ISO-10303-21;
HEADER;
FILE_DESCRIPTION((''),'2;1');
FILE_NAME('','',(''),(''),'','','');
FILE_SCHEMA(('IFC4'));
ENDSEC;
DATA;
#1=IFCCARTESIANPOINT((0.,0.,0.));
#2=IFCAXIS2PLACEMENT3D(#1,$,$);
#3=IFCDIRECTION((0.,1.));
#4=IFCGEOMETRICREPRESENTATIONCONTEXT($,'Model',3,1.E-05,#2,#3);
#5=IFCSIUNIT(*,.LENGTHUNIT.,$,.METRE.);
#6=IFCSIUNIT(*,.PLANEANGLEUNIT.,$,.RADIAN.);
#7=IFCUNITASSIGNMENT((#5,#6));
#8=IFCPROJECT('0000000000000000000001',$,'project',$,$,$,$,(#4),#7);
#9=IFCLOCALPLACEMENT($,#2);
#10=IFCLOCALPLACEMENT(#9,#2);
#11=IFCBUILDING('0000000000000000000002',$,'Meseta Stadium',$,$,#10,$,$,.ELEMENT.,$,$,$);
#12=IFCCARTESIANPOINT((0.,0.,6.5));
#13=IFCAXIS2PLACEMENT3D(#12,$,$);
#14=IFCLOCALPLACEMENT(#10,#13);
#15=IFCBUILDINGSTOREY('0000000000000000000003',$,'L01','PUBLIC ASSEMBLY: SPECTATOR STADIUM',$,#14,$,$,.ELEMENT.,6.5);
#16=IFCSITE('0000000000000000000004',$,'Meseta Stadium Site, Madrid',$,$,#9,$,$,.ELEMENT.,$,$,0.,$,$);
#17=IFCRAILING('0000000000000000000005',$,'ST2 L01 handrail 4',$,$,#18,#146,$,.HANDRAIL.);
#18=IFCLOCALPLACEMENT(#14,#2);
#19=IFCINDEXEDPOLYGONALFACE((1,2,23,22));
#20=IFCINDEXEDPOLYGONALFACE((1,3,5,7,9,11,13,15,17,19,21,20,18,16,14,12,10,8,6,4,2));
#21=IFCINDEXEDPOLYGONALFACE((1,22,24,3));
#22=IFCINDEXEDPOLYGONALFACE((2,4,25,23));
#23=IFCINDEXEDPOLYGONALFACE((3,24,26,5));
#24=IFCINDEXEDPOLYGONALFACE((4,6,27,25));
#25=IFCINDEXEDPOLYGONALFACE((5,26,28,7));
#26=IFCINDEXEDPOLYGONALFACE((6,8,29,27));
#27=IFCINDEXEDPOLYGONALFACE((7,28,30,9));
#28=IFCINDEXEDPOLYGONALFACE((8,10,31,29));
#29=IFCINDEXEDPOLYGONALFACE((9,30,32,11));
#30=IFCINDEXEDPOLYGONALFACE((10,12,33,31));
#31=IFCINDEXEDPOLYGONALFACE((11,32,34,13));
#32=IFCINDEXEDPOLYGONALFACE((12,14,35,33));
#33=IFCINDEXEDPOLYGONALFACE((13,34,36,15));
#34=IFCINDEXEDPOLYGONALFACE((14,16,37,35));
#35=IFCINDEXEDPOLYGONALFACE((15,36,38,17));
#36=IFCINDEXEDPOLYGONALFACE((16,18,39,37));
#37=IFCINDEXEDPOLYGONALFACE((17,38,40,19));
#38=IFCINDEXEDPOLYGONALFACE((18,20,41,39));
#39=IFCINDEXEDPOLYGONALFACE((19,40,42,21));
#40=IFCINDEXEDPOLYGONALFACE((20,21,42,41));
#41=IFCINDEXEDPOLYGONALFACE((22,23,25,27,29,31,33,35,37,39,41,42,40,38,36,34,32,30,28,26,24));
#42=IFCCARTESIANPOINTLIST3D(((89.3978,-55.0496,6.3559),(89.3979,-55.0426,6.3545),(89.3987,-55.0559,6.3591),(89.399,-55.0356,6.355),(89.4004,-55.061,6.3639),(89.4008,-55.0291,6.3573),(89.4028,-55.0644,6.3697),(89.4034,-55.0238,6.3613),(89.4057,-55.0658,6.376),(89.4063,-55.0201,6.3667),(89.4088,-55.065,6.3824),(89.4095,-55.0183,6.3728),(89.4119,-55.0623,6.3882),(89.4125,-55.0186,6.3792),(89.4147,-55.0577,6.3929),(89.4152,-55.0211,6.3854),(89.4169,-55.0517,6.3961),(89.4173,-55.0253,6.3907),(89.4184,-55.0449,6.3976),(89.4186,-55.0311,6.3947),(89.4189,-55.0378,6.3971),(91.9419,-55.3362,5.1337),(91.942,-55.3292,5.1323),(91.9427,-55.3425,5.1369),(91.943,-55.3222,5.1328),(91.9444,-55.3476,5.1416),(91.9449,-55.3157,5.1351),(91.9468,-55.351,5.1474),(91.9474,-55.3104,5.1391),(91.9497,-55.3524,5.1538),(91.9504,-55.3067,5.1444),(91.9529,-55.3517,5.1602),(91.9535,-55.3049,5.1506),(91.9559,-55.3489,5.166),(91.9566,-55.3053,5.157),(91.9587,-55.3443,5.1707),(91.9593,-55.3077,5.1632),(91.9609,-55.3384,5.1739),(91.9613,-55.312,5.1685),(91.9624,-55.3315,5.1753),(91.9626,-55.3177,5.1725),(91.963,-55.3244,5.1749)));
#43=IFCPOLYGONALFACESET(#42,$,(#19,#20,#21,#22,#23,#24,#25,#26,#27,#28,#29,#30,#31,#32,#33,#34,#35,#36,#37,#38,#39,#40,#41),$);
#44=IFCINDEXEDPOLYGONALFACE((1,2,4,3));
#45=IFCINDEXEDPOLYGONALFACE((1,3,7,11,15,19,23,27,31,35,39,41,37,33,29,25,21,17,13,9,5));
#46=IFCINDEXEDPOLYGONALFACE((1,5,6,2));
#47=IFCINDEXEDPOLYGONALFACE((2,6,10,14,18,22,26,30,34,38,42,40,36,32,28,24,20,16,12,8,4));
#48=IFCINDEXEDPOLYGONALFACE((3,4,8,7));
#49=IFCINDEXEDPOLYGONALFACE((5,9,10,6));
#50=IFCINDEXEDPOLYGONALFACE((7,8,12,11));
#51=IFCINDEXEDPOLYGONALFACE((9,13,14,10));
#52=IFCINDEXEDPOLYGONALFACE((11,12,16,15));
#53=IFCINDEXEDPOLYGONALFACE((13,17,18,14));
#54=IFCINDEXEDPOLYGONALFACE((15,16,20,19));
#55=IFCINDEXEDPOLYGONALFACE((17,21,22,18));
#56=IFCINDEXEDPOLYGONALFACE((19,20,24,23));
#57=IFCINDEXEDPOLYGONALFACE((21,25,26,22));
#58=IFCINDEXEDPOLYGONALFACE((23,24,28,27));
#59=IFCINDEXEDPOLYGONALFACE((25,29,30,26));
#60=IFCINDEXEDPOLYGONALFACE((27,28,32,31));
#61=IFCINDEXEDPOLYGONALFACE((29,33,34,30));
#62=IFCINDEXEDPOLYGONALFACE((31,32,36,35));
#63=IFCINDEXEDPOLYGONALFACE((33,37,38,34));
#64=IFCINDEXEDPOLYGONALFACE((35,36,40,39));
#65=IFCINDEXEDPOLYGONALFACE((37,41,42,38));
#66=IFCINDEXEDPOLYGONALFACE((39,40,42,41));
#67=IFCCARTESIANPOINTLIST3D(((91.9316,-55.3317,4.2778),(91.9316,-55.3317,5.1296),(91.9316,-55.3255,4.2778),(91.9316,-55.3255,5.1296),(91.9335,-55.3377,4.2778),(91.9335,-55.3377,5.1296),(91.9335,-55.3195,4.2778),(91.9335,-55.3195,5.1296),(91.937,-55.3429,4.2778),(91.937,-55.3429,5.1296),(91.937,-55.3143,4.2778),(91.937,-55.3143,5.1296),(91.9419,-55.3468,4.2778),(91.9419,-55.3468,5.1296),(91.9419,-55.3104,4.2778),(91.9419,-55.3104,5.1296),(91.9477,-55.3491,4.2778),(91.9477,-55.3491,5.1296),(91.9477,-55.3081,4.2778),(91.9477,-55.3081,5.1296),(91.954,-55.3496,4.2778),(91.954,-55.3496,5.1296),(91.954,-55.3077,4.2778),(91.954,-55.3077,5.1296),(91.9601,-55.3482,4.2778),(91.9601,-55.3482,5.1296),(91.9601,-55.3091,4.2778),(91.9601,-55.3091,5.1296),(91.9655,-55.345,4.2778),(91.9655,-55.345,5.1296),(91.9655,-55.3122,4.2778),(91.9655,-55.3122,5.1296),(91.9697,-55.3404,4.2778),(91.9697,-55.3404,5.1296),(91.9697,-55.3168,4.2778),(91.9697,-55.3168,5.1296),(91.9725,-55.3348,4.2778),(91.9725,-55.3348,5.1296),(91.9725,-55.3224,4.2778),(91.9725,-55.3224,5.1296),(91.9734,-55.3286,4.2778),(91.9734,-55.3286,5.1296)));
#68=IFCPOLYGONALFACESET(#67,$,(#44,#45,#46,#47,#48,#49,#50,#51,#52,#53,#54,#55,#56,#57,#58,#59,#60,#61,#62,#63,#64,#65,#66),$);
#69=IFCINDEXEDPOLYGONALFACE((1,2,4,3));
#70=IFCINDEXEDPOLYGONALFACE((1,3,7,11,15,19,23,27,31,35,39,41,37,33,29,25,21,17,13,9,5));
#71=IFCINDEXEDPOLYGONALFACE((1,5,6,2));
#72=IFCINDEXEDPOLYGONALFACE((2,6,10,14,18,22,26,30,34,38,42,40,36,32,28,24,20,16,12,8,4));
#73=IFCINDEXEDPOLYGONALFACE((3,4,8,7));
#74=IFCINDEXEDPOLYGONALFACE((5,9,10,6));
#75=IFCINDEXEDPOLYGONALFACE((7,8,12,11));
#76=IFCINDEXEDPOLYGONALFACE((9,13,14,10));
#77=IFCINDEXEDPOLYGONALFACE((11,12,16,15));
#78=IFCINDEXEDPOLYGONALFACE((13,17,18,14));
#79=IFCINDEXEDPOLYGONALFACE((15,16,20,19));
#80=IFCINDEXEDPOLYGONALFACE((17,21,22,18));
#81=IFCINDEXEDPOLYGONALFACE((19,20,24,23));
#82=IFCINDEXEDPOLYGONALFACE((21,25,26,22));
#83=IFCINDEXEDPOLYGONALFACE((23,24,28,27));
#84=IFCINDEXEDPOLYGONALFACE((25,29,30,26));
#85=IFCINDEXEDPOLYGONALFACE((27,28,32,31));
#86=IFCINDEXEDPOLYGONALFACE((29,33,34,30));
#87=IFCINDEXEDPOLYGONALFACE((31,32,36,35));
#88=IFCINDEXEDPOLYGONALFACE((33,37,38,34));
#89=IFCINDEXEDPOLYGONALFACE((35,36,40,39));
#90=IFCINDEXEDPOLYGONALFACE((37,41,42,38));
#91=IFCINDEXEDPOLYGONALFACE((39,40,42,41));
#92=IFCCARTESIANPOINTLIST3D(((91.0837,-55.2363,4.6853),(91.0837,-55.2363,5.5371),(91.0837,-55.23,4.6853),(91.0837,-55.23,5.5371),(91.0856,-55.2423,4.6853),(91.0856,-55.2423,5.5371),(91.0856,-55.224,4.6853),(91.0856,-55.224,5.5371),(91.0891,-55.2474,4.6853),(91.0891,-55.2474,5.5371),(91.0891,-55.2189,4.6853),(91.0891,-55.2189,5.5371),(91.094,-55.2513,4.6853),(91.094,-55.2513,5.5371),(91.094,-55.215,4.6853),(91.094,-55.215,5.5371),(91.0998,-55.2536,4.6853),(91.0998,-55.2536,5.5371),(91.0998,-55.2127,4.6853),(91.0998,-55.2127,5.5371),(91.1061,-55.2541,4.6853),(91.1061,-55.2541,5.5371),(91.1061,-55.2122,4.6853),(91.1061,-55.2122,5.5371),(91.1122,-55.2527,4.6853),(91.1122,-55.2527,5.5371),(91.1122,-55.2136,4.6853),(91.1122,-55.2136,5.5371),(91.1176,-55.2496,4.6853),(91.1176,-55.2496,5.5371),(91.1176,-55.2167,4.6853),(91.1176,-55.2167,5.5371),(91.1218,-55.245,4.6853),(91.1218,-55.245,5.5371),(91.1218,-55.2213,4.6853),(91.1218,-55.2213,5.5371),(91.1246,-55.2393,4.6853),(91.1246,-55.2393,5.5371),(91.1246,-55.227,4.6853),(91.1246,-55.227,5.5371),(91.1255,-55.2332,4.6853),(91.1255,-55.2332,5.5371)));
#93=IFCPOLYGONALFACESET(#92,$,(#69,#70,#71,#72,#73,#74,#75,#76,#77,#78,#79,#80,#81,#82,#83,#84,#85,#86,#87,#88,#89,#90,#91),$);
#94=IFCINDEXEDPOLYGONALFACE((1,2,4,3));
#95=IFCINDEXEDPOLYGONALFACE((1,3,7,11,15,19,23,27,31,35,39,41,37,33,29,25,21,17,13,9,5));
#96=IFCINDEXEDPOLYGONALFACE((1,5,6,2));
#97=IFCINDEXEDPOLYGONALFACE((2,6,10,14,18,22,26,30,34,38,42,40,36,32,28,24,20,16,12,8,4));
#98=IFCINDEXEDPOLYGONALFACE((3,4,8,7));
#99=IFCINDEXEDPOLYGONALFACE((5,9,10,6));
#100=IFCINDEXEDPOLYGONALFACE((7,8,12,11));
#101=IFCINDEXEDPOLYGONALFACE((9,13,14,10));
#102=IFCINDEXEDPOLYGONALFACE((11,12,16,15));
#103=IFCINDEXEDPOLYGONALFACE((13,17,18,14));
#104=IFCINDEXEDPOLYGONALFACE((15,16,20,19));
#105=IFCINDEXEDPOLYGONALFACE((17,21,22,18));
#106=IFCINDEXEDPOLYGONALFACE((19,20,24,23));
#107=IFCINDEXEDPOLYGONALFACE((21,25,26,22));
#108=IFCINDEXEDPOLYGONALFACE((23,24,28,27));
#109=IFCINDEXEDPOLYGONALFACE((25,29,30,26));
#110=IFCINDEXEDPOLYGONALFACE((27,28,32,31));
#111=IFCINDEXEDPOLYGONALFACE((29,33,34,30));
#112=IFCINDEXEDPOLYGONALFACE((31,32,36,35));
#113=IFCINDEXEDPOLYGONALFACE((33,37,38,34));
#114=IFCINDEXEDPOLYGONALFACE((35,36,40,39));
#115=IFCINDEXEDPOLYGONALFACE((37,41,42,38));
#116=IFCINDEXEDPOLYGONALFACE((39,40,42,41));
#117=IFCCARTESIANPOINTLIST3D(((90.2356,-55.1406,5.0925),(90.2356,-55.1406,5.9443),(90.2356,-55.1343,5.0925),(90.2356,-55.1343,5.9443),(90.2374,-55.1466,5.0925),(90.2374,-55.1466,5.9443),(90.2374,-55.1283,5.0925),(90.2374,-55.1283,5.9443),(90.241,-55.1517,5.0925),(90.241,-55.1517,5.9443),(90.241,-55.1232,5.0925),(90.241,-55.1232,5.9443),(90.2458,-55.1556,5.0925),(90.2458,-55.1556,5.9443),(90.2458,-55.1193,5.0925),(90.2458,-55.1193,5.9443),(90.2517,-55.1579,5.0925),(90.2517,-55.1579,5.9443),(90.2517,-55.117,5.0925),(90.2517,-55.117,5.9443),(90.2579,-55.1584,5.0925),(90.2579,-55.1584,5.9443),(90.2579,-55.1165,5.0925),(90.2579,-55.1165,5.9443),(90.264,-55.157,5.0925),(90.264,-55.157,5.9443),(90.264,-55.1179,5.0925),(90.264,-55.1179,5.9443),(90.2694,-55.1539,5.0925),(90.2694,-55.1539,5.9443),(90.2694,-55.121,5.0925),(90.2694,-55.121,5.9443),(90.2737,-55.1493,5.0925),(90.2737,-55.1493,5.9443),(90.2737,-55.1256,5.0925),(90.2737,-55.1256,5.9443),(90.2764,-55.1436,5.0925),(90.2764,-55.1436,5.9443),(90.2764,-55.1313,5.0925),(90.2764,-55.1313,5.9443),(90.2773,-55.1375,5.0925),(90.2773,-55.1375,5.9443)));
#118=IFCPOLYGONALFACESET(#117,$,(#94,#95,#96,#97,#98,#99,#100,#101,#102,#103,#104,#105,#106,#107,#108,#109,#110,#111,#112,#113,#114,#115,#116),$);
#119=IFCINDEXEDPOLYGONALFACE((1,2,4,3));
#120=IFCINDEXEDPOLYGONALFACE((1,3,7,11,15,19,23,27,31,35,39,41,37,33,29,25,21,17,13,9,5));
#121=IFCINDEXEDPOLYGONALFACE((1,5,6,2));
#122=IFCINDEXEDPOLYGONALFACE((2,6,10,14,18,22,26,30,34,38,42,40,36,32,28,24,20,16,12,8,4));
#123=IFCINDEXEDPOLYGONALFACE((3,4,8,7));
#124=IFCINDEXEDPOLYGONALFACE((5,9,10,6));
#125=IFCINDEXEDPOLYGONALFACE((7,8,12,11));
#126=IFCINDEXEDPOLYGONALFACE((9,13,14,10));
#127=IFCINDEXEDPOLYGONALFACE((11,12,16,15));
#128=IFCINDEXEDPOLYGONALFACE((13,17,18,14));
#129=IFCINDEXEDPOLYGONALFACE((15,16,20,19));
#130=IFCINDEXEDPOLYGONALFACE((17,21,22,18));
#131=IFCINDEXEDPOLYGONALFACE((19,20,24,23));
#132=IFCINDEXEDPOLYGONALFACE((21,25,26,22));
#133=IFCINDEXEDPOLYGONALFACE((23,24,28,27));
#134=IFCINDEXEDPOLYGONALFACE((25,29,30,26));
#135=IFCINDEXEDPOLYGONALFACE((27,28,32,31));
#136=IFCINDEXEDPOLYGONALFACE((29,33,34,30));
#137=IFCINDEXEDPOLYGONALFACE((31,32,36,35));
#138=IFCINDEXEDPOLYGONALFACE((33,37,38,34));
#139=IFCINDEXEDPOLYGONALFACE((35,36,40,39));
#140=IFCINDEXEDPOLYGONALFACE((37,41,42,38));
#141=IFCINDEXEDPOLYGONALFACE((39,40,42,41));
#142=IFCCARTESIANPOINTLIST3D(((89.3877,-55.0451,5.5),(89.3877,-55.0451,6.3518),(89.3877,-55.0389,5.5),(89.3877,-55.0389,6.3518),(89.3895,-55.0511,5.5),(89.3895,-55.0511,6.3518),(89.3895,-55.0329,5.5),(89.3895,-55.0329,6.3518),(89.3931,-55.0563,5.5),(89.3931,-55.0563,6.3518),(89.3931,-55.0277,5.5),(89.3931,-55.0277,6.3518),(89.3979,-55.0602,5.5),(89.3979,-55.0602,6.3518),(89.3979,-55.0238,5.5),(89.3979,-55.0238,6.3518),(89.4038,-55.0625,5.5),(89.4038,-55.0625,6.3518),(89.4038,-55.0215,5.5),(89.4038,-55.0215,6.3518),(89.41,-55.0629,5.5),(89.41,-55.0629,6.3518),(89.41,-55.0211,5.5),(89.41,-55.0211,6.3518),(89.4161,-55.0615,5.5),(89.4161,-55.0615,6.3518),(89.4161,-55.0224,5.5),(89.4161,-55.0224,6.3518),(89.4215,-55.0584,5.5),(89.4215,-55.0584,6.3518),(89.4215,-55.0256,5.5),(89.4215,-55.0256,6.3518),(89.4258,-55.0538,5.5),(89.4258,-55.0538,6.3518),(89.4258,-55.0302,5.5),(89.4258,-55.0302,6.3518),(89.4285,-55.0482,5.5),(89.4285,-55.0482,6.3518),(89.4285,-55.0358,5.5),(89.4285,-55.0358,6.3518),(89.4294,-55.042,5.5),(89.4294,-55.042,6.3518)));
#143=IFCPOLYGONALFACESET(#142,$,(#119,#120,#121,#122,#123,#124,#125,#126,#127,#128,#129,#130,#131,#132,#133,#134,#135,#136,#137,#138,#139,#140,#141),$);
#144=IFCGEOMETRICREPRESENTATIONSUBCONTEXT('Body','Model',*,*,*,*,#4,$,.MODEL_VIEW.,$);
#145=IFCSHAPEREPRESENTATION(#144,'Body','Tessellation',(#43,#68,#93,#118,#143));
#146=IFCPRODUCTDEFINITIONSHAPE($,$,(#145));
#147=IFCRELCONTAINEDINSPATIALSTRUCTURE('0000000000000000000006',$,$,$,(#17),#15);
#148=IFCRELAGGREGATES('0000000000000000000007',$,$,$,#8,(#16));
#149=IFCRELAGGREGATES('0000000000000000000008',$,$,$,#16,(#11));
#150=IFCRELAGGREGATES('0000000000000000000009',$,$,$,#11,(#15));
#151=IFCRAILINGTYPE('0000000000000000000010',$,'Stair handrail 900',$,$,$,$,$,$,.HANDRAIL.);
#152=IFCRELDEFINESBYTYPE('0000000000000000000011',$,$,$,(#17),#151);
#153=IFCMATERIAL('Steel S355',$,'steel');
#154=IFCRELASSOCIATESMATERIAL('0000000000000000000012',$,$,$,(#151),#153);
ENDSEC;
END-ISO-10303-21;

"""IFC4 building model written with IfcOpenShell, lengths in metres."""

from ifc_helpers import new_model, si_unit, direction, frame, origin, origin_2d, place, context, subcontext, project, spatial, circle, extrude, material, type_object, element, save


model = new_model("IFC4")

# Units and contexts
model_context = context("Model", 3, precision=1e-05, world=origin(), true_north=direction((0.0, 1.0)))
body_context = subcontext(model_context, "Body", "Model", "MODEL_VIEW")
ifc_project = project(units=[si_unit("LENGTHUNIT", "METRE"), si_unit("PLANEANGLEUNIT", "RADIAN")], contexts=[model_context])

# Site, building, storey
site_placement = place(None, origin())
site = spatial("IfcSite", under=ifc_project, at=site_placement, Name="Meseta Stadium Site, Madrid", CompositionType="ELEMENT", RefElevation=0.0)
building_placement = place(site_placement, origin())
building = spatial("IfcBuilding", under=site, at=building_placement, Name="Meseta Stadium", CompositionType="ELEMENT")
storey_placement = place(building_placement, frame((0.0, 0.0, 6.5)))
storey = spatial("IfcBuildingStorey", under=building, at=storey_placement, Name="L01", Description="PUBLIC ASSEMBLY: SPECTATOR STADIUM", CompositionType="ELEMENT", Elevation=6.5)

# Railing
ifc_material_1 = material(Name="Steel S355", Category="steel")
railing_type_1 = type_object("IfcRailingType", Name="Stair handrail 900", PredefinedType="HANDRAIL", material=ifc_material_1)
for number, where, name in (
    (1, (91.9524, -55.3286, 4.2778), "ST2 L01 handrail 4"),
):
    element("IfcRailing", number, at=place(storey_placement, frame(where)), inside=storey, type_object=railing_type_1, Name=name, PredefinedType="HANDRAIL", context=body_context, shape_type="SweptSolid", body=[
        extrude(circle(Radius=0.0239, at=origin_2d()), frame((0.0, 0.0, 0.876), z_axis=(-0.896762, 0.101036, 0.430824), x_axis=(-0.11196, -0.993713, 0.0)), (0.0, 0.0, 1.0), 2.8369),
        extrude(circle(Radius=0.021, at=origin_2d()), origin(), (0.0, 0.0, 1.0), 0.8518),
        extrude(circle(Radius=0.021, at=origin_2d()), frame((-0.8479, 0.0955, 0.4075)), (0.0, 0.0, 1.0), 0.8518),
        extrude(circle(Radius=0.021, at=origin_2d()), frame((-1.696, 0.1912, 0.8147)), (0.0, 0.0, 1.0), 0.8518),
        extrude(circle(Radius=0.021, at=origin_2d()), frame((-2.5439, 0.2866, 1.2222)), (0.0, 0.0, 1.0), 0.8518),
    ])

save(model, "model.ifc")
